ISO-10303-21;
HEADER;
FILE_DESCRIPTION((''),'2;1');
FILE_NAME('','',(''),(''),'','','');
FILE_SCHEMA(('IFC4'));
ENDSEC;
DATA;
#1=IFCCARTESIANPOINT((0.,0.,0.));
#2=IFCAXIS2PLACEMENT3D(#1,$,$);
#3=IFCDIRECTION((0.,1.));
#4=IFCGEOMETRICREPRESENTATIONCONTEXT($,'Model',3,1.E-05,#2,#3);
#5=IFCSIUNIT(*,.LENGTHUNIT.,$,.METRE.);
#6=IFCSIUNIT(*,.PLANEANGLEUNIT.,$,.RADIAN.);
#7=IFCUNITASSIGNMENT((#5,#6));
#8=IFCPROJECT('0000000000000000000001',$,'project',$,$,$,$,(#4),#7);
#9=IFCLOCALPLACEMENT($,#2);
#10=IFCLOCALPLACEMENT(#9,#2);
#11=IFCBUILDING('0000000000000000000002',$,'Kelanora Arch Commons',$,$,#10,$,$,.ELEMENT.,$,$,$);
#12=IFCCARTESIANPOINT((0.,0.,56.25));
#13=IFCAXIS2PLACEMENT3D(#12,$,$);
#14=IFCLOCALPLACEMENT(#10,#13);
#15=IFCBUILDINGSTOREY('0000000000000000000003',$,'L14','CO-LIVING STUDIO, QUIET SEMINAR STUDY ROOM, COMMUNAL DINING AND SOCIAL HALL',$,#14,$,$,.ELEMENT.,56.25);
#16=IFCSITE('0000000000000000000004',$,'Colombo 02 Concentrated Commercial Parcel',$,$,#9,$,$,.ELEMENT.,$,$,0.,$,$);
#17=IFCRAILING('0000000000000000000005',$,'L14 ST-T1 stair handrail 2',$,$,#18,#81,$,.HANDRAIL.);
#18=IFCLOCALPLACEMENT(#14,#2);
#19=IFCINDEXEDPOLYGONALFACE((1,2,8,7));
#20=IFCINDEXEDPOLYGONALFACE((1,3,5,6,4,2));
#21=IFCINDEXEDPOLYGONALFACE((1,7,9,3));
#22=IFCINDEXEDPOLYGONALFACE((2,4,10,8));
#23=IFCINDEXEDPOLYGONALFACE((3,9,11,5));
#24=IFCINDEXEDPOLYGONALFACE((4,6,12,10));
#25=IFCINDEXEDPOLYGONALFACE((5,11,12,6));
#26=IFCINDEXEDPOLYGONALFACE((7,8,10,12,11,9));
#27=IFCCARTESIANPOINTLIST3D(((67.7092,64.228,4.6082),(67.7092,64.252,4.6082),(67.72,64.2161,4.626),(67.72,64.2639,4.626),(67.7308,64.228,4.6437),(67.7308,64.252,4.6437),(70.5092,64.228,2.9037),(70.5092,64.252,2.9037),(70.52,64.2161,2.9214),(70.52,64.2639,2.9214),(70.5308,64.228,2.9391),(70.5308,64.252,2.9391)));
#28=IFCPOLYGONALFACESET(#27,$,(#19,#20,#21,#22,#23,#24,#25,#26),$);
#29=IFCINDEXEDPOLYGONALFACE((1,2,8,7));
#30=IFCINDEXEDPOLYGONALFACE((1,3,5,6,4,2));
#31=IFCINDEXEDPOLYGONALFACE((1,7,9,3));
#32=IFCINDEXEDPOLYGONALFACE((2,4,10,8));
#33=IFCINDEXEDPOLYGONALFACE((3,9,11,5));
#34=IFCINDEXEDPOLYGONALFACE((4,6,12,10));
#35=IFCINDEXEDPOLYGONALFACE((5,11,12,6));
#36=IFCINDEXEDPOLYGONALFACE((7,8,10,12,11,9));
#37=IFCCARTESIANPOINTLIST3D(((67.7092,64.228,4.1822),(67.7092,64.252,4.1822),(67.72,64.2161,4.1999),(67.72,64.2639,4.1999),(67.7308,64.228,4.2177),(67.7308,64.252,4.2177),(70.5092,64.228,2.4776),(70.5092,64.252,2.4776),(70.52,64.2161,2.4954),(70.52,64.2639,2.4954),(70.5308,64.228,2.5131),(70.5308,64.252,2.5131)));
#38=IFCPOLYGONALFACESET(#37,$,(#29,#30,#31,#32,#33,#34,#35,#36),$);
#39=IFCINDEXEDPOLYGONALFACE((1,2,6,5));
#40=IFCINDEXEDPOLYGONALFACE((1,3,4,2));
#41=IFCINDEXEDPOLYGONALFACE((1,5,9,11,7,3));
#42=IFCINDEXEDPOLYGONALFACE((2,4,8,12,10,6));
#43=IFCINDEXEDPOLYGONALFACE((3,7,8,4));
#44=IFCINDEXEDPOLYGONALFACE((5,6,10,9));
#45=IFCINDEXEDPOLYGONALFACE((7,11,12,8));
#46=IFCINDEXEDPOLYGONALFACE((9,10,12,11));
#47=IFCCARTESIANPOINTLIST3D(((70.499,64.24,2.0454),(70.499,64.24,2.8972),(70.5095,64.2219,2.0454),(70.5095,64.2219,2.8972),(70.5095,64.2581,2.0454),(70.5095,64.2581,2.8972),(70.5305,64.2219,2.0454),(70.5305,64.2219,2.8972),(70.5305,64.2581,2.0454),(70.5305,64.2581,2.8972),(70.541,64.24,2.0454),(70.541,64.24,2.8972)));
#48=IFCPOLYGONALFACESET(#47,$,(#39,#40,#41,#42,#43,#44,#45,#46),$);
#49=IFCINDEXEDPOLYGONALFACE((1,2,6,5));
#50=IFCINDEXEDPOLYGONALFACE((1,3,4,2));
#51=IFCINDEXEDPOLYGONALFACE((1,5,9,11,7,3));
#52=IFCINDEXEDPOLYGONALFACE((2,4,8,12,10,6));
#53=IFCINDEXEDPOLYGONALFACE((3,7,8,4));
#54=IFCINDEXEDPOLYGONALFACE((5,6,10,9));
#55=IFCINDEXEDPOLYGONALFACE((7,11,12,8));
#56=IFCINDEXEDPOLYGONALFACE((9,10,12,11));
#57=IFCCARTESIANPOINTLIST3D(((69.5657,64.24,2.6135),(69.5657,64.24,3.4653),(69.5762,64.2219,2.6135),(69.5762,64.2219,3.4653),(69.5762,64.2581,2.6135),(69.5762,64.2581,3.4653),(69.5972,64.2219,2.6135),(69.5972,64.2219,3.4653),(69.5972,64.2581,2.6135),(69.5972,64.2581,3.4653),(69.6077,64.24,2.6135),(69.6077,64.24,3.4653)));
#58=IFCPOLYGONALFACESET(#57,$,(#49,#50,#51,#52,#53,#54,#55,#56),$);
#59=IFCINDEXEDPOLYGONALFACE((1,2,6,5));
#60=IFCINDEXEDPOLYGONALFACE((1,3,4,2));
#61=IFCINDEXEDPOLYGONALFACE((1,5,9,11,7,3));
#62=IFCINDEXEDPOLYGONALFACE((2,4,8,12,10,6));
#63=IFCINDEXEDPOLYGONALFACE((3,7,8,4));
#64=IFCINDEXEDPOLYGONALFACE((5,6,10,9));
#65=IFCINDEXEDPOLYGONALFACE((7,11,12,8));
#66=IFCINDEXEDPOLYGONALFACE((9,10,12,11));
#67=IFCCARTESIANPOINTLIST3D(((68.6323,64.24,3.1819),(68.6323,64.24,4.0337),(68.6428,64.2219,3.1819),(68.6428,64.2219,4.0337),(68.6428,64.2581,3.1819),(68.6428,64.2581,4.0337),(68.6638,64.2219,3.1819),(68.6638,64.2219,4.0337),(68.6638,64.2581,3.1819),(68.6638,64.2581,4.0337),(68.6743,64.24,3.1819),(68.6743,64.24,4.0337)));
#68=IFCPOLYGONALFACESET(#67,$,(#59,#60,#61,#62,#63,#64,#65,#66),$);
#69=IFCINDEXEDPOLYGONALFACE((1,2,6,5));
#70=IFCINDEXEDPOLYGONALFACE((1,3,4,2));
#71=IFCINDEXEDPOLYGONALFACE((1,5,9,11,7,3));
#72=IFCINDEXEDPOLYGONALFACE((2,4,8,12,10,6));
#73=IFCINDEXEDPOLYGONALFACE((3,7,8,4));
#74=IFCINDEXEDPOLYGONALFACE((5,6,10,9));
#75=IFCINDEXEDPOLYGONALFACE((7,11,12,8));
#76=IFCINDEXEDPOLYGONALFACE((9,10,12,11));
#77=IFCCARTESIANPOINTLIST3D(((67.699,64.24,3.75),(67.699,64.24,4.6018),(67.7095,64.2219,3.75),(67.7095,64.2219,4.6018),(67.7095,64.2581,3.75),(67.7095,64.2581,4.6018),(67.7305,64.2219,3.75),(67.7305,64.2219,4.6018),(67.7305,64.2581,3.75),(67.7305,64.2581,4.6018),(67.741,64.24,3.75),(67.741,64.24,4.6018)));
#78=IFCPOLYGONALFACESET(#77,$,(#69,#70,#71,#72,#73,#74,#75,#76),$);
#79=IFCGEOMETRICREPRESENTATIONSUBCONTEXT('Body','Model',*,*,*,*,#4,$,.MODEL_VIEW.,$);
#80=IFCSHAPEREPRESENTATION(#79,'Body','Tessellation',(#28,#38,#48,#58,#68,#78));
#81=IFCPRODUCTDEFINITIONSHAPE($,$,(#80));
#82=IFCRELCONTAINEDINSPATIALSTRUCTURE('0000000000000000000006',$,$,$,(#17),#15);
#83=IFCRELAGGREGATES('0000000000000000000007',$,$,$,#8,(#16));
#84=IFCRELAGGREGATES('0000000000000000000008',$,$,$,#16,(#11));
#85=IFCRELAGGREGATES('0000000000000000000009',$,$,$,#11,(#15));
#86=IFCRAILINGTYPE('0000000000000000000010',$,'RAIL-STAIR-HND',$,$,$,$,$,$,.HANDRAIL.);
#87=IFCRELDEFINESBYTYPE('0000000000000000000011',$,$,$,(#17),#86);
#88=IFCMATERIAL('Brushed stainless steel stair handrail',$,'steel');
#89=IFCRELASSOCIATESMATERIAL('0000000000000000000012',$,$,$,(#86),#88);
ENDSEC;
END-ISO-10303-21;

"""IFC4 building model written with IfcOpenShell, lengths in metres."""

from ifc_helpers import new_model, si_unit, direction, frame, origin, place, context, subcontext, project, spatial, polyline, outline, extrude, material, type_object, element, save


model = new_model("IFC4")

# Units and contexts
model_context = context("Model", 3, precision=1e-05, world=origin(), true_north=direction((0.0, 1.0)))
body_context = subcontext(model_context, "Body", "Model", "MODEL_VIEW")
ifc_project = project(units=[si_unit("LENGTHUNIT", "METRE"), si_unit("PLANEANGLEUNIT", "RADIAN")], contexts=[model_context])

# Site, building, storey
site_placement = place(None, origin())
site = spatial("IfcSite", under=ifc_project, at=site_placement, Name="Colombo 02 Concentrated Commercial Parcel", CompositionType="ELEMENT", RefElevation=0.0)
building_placement = place(site_placement, origin())
building = spatial("IfcBuilding", under=site, at=building_placement, Name="Kelanora Arch Commons", CompositionType="ELEMENT")
storey_placement = place(building_placement, frame((0.0, 0.0, 56.25)))
storey = spatial("IfcBuildingStorey", under=building, at=storey_placement, Name="L14", Description="CO-LIVING STUDIO, QUIET SEMINAR STUDY ROOM, COMMUNAL DINING AND SOCIAL HALL", CompositionType="ELEMENT", Elevation=56.25)

# Railing
ifc_material_1 = material(Name="Brushed stainless steel stair handrail", Category="steel")
railing_type_1 = type_object("IfcRailingType", Name="RAIL-STAIR-HND", PredefinedType="HANDRAIL", material=ifc_material_1)
railing_1_placement = place(storey_placement, frame((70.52, 64.24, 2.0454)))
element("IfcRailing", 1, at=railing_1_placement, inside=storey, type_object=railing_type_1, Name="L14 ST-T1 stair handrail 2", PredefinedType="HANDRAIL", context=body_context, shape_type="SweptSolid", body=[
    extrude(outline(polyline([(0.0239, 0.0), (0.012, 0.0208), (-0.012, 0.0208), (-0.0239, 0.0), (-0.012, -0.0208), (0.012, -0.0208), (0.0239, 0.0)])), frame((0.0, 0.0, 0.876), z_axis=(-0.85417, 0.0, 0.519994), x_axis=(0.0, -1.0, 0.0)), (0.0, 0.0, 1.0), 3.2781),
    extrude(outline(polyline([(0.0239, 0.0), (0.012, 0.0208), (-0.012, 0.0208), (-0.0239, 0.0), (-0.012, -0.0208), (0.012, -0.0208), (0.0239, 0.0)])), frame((0.0, 0.0, 0.45), z_axis=(-0.85417, 0.0, 0.519994), x_axis=(0.0, -1.0, 0.0)), (0.0, 0.0, 1.0), 3.2781),
    extrude(outline(polyline([(0.021, 0.0), (0.0105, 0.0181), (-0.0105, 0.0181), (-0.021, 0.0), (-0.0105, -0.0181), (0.0105, -0.0181), (0.021, 0.0)])), origin(), (0.0, 0.0, 1.0), 0.8518),
    extrude(outline(polyline([(0.021, 0.0), (0.0105, 0.0181), (-0.0105, 0.0181), (-0.021, 0.0), (-0.0105, -0.0181), (0.0105, -0.0181), (0.021, 0.0)])), frame((-0.9333, 0.0, 0.5681)), (0.0, 0.0, 1.0), 0.8518),
    extrude(outline(polyline([(0.021, 0.0), (0.0105, 0.0181), (-0.0105, 0.0181), (-0.021, 0.0), (-0.0105, -0.0181), (0.0105, -0.0181), (0.021, 0.0)])), frame((-1.8667, 0.0, 1.1365)), (0.0, 0.0, 1.0), 0.8518),
    extrude(outline(polyline([(0.021, 0.0), (0.0105, 0.0181), (-0.0105, 0.0181), (-0.021, 0.0), (-0.0105, -0.0181), (0.0105, -0.0181), (0.021, 0.0)])), frame((-2.8, 0.0, 1.7046)), (0.0, 0.0, 1.0), 0.8518),
])

save(model, "model.ifc")
